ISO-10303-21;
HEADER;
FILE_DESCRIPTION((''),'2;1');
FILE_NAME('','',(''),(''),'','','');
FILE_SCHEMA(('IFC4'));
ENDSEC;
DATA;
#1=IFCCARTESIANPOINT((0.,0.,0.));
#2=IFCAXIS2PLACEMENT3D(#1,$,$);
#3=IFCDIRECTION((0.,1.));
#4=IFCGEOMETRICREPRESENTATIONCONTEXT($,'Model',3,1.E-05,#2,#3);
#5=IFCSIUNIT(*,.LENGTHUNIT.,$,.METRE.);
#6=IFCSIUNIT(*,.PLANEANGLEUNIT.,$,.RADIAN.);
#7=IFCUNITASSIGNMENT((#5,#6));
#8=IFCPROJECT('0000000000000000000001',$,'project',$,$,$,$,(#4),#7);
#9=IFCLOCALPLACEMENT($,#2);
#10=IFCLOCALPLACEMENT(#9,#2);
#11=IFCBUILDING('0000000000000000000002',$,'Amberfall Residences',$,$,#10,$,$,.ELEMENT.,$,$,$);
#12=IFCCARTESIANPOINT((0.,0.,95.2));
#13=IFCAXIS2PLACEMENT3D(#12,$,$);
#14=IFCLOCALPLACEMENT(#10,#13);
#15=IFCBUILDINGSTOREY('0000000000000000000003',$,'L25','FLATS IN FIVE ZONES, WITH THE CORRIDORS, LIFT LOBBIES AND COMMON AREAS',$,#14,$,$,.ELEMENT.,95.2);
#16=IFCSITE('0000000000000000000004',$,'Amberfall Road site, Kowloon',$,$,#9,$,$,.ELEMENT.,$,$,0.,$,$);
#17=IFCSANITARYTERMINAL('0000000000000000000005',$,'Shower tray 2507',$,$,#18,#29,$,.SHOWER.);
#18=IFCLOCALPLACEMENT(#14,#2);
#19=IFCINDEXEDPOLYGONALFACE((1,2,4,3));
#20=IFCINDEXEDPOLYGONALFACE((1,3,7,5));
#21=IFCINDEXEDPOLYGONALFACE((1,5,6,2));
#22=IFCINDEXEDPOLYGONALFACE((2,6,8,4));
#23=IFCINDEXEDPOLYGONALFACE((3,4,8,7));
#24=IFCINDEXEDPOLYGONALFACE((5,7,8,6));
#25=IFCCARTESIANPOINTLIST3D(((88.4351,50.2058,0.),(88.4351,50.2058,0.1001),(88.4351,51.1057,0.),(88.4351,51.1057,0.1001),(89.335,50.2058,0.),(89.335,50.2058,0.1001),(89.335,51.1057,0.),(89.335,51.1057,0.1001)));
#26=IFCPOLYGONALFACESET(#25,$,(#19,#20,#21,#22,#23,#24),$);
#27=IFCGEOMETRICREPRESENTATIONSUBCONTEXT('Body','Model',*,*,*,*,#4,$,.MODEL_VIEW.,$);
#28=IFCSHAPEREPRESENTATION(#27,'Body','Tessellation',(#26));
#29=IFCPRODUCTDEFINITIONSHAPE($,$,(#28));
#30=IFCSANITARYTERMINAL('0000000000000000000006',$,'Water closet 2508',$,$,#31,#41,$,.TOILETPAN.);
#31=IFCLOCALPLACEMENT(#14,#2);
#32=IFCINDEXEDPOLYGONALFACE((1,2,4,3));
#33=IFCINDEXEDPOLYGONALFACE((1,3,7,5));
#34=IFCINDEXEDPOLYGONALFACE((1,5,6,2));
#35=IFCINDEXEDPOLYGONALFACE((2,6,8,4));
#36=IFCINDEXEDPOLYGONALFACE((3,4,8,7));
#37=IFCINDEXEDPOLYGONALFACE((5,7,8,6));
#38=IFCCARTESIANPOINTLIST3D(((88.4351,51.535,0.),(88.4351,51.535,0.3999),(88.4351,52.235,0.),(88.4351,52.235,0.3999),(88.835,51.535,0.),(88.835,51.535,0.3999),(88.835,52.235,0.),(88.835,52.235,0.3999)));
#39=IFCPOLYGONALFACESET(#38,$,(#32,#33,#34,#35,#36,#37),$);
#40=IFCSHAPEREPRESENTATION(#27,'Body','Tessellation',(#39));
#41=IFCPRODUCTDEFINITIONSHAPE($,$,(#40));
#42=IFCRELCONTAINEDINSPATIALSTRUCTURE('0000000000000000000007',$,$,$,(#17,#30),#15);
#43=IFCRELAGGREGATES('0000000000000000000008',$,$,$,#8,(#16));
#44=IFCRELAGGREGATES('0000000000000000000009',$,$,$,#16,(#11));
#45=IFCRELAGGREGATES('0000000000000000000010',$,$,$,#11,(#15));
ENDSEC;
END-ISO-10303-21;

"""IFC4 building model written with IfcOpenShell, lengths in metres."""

from ifc_helpers import new_model, si_unit, direction, frame, origin, origin_2d, place, context, subcontext, project, spatial, rectangle, extrude, element, save


model = new_model("IFC4")

# Units and contexts
model_context = context("Model", 3, precision=1e-05, world=origin(), true_north=direction((0.0, 1.0)))
body_context = subcontext(model_context, "Body", "Model", "MODEL_VIEW")
ifc_project = project(units=[si_unit("LENGTHUNIT", "METRE"), si_unit("PLANEANGLEUNIT", "RADIAN")], contexts=[model_context])

# Site, building, storey
site_placement = place(None, origin())
site = spatial("IfcSite", under=ifc_project, at=site_placement, Name="Amberfall Road site, Kowloon", CompositionType="ELEMENT", RefElevation=0.0)
building_placement = place(site_placement, origin())
building = spatial("IfcBuilding", under=site, at=building_placement, Name="Amberfall Residences", CompositionType="ELEMENT")
storey_placement = place(building_placement, frame((0.0, 0.0, 95.2)))
storey = spatial("IfcBuildingStorey", under=building, at=storey_placement, Name="L25", Description="FLATS IN FIVE ZONES, WITH THE CORRIDORS, LIFT LOBBIES AND COMMON AREAS", CompositionType="ELEMENT", Elevation=95.2)

# Sanitary terminals
sanitary_terminal_1_placement = place(storey_placement, frame((88.885, 50.6558, 0.0), z_axis=(0.0, 0.0, 1.0), x_axis=(1.0, 0.0, 0.0)))
element("IfcSanitaryTerminal", 1, at=sanitary_terminal_1_placement, inside=storey, Name="Shower tray 2507", PredefinedType="SHOWER", context=body_context, shape_type="SweptSolid", body=[
    extrude(rectangle(XDim=0.8999, YDim=0.8999, at=origin_2d()), origin(), (0.0, 0.0, 1.0), 0.1001),
])
sanitary_terminal_2_placement = place(storey_placement, frame((88.635, 51.885, 0.0), z_axis=(0.0, 0.0, 1.0), x_axis=(1.0, 0.0, 0.0)))
element("IfcSanitaryTerminal", 2, at=sanitary_terminal_2_placement, inside=storey, Name="Water closet 2508", PredefinedType="TOILETPAN", context=body_context, shape_type="SweptSolid", body=[
    extrude(rectangle(XDim=0.3999, YDim=0.7, at=origin_2d()), origin(), (0.0, 0.0, 1.0), 0.3999),
])

save(model, "model.ifc")
